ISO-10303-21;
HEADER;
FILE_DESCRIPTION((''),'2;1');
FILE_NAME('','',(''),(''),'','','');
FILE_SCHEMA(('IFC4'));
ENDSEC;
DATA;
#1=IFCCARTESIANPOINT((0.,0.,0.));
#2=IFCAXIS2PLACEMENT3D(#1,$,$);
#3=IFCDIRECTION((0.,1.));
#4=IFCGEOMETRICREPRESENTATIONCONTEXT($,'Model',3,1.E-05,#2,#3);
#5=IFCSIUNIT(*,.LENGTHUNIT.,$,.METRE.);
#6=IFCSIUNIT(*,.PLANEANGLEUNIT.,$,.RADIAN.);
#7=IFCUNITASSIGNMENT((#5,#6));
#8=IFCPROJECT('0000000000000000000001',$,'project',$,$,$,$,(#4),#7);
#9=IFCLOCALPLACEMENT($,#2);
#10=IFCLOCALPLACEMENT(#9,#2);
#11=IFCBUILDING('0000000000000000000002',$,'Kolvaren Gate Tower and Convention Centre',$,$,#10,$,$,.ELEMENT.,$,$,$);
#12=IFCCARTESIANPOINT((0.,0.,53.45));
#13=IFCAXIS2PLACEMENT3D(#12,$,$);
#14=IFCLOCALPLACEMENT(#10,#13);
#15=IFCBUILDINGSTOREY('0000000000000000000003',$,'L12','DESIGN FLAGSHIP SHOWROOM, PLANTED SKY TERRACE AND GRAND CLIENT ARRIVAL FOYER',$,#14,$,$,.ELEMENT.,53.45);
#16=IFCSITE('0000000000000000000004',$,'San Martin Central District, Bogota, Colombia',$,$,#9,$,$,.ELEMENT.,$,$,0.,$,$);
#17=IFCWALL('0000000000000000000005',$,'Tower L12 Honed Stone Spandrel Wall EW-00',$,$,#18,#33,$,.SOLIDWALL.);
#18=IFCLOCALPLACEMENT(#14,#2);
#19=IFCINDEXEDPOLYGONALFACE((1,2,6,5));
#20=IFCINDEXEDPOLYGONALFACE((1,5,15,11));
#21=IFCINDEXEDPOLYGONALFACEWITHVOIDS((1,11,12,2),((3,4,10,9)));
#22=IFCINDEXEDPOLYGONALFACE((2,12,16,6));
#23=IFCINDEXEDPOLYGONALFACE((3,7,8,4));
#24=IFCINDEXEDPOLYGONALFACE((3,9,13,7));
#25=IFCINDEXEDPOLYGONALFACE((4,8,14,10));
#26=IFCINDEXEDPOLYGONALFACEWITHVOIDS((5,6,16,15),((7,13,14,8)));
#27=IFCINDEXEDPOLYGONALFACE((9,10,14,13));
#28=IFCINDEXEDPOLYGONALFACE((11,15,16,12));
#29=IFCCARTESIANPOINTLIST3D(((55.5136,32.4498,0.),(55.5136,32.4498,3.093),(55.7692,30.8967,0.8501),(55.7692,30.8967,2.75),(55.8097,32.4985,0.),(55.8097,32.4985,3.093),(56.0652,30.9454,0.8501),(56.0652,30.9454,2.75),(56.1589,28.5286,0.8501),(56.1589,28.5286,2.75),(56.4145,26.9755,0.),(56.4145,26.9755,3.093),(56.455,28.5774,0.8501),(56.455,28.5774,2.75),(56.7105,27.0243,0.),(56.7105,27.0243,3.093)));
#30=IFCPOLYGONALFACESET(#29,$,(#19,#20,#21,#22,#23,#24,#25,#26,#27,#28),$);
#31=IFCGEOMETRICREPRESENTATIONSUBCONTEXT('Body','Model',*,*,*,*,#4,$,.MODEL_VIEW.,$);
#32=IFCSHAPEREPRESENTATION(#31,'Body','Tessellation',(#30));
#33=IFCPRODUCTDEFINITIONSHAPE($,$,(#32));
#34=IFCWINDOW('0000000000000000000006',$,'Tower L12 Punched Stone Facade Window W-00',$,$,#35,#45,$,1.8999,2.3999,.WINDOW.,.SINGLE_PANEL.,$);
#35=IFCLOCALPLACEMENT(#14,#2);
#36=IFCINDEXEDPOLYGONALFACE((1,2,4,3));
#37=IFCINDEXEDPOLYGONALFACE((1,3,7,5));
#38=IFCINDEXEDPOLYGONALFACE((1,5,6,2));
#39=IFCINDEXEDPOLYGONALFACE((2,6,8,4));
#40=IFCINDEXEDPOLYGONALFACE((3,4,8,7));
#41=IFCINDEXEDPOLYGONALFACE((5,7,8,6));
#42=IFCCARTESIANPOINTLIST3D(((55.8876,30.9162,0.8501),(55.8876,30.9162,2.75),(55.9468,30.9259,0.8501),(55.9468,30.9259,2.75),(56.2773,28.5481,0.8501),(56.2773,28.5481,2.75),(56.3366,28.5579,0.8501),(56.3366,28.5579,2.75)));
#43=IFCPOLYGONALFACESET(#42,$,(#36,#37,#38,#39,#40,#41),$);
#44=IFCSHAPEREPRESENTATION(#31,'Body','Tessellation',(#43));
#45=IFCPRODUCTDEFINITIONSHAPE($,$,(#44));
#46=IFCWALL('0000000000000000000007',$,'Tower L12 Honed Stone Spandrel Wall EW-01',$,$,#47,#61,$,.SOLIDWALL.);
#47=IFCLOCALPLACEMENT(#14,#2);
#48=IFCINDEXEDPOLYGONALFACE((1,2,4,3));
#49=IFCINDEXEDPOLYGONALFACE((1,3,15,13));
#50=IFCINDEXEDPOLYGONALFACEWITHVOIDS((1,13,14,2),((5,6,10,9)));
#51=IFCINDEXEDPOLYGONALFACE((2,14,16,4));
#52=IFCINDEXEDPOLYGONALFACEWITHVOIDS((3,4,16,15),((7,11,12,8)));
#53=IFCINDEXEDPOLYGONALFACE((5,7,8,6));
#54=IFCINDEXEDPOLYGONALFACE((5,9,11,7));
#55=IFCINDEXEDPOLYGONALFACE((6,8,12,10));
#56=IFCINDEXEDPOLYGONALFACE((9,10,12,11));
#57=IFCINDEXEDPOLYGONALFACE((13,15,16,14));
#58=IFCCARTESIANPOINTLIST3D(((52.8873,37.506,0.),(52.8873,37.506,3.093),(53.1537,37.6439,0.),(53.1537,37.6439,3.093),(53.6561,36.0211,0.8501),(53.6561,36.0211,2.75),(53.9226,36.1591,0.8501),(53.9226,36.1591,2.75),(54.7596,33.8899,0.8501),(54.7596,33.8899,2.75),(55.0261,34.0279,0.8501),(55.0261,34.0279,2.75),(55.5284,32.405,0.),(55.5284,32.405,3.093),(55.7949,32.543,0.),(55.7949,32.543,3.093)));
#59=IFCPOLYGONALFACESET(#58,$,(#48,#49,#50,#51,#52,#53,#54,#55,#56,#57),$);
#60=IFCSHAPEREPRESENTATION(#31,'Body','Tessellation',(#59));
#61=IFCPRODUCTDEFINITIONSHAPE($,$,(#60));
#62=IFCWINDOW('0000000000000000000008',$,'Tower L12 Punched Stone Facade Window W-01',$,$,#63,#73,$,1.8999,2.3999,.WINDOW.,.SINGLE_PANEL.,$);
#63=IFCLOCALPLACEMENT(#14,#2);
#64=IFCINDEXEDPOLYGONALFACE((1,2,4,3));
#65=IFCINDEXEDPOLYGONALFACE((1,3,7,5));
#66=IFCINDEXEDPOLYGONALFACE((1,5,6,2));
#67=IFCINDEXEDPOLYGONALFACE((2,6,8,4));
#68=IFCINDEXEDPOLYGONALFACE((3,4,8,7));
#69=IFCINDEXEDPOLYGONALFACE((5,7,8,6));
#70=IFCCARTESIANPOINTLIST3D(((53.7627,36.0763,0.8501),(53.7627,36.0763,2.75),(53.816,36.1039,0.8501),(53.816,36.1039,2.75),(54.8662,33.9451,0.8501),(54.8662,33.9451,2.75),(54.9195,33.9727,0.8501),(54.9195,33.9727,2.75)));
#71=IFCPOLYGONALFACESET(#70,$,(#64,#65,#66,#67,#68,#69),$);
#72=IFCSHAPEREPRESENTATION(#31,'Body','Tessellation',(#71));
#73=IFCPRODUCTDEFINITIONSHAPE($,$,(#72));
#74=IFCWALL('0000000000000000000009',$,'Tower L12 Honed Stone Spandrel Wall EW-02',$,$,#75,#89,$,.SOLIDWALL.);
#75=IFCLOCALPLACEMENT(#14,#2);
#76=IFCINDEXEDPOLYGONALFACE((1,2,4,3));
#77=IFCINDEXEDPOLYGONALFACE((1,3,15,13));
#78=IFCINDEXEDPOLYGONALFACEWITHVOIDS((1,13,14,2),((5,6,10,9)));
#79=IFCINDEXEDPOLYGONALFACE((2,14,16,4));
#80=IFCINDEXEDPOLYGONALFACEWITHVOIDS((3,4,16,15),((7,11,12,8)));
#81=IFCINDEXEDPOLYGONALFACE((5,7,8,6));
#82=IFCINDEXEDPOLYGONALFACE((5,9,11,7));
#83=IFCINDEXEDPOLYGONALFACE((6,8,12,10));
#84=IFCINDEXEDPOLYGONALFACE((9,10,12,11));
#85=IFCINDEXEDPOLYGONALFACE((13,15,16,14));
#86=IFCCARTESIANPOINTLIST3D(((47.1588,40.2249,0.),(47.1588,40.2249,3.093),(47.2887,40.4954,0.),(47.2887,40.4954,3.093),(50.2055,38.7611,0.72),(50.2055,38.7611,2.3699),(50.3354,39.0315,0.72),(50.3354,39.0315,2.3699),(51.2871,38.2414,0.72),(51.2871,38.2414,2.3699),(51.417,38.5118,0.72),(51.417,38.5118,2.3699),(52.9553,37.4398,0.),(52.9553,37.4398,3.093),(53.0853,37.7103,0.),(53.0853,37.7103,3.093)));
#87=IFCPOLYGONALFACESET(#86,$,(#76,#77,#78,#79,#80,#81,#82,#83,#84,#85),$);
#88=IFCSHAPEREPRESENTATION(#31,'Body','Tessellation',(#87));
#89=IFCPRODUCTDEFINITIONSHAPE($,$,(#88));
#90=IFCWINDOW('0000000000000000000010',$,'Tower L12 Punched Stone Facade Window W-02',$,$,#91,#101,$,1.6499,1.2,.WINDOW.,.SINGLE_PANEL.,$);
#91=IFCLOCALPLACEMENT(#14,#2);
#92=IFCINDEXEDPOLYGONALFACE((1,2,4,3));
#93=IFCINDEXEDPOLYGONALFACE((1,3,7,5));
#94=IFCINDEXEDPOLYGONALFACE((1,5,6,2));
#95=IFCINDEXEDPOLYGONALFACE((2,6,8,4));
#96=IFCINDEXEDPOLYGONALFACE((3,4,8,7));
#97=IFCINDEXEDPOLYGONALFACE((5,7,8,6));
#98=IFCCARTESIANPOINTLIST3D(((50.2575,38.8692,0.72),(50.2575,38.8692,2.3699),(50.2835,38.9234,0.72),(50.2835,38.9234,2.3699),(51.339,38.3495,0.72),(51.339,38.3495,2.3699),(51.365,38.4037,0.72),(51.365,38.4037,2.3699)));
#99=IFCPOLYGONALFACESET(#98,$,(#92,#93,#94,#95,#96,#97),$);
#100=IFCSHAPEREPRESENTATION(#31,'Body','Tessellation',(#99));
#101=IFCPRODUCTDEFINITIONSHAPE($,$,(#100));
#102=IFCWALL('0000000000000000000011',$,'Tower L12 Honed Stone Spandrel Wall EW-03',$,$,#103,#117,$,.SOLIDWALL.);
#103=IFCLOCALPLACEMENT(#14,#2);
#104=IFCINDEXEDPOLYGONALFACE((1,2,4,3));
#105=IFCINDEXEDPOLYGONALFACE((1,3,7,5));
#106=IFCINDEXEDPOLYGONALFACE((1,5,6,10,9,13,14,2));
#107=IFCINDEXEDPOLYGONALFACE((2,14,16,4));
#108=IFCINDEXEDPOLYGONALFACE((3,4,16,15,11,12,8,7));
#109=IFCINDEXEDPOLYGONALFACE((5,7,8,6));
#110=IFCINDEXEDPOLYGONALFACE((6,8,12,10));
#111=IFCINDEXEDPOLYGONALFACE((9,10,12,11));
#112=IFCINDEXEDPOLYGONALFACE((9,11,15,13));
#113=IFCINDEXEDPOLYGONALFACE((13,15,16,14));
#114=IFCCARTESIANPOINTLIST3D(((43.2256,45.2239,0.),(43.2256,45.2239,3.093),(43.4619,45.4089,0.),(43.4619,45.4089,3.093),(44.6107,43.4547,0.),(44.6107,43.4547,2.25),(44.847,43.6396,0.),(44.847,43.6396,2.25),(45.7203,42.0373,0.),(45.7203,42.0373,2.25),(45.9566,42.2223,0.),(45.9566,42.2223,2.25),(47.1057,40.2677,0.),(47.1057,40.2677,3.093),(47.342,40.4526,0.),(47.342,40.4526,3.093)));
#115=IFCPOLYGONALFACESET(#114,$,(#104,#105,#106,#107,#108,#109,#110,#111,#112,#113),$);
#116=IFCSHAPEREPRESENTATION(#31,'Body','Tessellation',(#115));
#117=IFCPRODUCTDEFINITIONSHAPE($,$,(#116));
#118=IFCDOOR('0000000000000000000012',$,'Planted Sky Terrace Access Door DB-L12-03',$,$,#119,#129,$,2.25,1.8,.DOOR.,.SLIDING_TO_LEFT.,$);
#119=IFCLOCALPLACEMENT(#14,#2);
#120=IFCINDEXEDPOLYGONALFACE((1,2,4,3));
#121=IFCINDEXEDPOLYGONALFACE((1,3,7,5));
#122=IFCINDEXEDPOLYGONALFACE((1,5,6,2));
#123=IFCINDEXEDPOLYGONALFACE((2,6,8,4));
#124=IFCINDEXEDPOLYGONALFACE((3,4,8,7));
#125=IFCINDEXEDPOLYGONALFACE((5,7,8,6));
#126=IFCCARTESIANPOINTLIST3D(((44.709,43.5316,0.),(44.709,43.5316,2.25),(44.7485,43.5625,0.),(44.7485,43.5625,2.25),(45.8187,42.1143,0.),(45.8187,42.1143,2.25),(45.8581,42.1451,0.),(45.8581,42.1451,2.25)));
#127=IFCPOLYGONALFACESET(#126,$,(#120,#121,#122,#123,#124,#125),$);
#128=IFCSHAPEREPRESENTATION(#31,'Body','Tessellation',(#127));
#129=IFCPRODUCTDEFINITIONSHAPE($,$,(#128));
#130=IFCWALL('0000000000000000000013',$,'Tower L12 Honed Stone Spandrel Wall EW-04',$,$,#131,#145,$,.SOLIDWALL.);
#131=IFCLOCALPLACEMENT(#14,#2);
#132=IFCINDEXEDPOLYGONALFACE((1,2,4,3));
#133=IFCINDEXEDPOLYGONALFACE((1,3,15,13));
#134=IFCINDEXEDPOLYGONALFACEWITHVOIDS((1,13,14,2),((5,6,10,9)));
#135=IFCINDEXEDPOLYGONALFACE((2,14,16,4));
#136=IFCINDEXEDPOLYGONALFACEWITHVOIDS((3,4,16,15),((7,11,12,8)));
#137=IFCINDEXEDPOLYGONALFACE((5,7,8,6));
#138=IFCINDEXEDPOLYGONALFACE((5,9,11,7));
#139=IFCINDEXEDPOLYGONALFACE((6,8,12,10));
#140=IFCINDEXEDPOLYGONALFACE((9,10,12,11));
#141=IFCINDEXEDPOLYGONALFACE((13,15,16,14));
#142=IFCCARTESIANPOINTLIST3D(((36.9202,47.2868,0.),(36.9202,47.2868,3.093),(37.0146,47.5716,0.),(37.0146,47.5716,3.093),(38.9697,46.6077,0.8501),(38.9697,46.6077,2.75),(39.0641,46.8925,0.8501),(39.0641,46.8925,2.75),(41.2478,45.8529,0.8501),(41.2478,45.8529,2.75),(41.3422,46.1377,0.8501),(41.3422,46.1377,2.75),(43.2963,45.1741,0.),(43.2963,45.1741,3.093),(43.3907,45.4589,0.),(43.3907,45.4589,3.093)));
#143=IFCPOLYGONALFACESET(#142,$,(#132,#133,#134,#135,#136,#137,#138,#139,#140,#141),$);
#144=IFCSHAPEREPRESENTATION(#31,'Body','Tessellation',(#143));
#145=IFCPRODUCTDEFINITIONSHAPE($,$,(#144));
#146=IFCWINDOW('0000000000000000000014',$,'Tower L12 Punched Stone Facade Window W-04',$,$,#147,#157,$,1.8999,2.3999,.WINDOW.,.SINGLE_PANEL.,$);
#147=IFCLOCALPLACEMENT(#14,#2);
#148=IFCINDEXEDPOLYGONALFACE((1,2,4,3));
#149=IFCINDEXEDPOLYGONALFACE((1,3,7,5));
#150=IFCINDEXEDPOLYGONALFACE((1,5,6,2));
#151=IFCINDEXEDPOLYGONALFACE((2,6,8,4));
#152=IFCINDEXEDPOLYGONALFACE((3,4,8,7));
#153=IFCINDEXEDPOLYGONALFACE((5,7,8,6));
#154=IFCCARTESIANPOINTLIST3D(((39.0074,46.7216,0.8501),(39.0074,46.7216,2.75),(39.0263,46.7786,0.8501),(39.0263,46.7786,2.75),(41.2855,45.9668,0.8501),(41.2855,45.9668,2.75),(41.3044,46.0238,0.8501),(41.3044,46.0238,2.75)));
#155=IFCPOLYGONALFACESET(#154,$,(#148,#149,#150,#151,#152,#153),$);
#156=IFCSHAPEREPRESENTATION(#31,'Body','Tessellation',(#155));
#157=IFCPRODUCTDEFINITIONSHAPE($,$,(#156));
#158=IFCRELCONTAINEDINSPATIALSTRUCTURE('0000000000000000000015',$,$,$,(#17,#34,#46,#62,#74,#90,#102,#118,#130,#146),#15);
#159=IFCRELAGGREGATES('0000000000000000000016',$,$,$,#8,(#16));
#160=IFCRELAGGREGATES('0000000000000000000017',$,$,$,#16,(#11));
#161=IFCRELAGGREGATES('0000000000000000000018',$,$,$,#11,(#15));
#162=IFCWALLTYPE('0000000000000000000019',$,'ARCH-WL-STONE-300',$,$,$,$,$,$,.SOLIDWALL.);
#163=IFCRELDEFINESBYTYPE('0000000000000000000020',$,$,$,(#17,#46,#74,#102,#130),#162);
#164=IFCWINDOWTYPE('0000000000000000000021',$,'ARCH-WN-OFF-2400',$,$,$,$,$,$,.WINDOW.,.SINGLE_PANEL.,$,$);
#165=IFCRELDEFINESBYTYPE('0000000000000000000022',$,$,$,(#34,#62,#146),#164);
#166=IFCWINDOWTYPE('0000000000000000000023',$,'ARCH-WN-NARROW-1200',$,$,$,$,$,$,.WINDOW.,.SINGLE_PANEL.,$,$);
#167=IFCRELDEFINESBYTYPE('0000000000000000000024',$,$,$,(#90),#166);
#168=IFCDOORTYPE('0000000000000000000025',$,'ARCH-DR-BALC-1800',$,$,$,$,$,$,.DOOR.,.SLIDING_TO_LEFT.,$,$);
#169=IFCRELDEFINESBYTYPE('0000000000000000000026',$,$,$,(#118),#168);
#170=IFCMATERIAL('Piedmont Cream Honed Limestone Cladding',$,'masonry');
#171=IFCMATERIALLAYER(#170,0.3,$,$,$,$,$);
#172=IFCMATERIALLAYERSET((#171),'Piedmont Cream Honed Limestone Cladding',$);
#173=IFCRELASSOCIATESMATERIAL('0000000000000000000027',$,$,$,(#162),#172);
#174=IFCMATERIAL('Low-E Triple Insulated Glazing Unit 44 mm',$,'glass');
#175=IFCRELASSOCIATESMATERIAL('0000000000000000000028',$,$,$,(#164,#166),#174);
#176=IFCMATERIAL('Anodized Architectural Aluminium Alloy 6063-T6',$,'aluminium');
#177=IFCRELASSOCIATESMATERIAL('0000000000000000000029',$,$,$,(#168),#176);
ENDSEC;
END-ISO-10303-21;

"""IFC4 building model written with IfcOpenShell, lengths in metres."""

from ifc_helpers import new_model, si_unit, direction, frame, frame_2d, origin, place, context, subcontext, project, spatial, rectangle, extrude, material, layer, layer_set, type_object, element, fill, save


model = new_model("IFC4")

# Units and contexts
model_context = context("Model", 3, precision=1e-05, world=origin(), true_north=direction((0.0, 1.0)))
body_context = subcontext(model_context, "Body", "Model", "MODEL_VIEW")
ifc_project = project(units=[si_unit("LENGTHUNIT", "METRE"), si_unit("PLANEANGLEUNIT", "RADIAN")], contexts=[model_context])

# Site, building, storey
site_placement = place(None, origin())
site = spatial("IfcSite", under=ifc_project, at=site_placement, Name="San Martin Central District, Bogota, Colombia", CompositionType="ELEMENT", RefElevation=0.0)
building_placement = place(site_placement, origin())
building = spatial("IfcBuilding", under=site, at=building_placement, Name="Kolvaren Gate Tower and Convention Centre", CompositionType="ELEMENT")
storey_placement = place(building_placement, frame((0.0, 0.0, 53.45)))
storey = spatial("IfcBuildingStorey", under=building, at=storey_placement, Name="L12", Description="DESIGN FLAGSHIP SHOWROOM, PLANTED SKY TERRACE AND GRAND CLIENT ARRIVAL FOYER", CompositionType="ELEMENT", Elevation=53.45)

# Shared definitions
ifc_material_1 = material(Name="Piedmont Cream Honed Limestone Cladding", Category="masonry")

# Walls, openings, windows
ifc_layer_1 = layer(ifc_material_1, 0.3)
ifc_layer_set_1 = layer_set([ifc_layer_1], Name="Piedmont Cream Honed Limestone Cladding")
wall_type_1 = type_object("IfcWallType", Name="ARCH-WL-STONE-300", PredefinedType="SOLIDWALL", material=ifc_layer_set_1)
wall_1_placement = place(storey_placement, frame((55.6616, 32.4741, 0.0), z_axis=(0.0, 0.0, 1.0), x_axis=(0.162386, -0.986727, 0.0)))
wall_1 = element("IfcWall", 1, at=wall_1_placement, inside=storey, type_object=wall_type_1, Name="Tower L12 Honed Stone Spandrel Wall EW-00", PredefinedType="SOLIDWALL", context=body_context, shape_type="SweptSolid", body=[
    extrude(rectangle(XDim=5.5479, YDim=0.3, at=frame_2d((2.7739, 0.0))), origin(), (0.0, 0.0, 1.0), 3.093),
])
opening_1_placement = place(wall_1_placement, frame((1.574, 0.0, 0.8501)))
opening_1 = element("IfcOpeningElement", 2, at=opening_1_placement, cuts=wall_1, PredefinedType="OPENING", context=body_context, shape_type="SweptSolid", body=[
    extrude(rectangle(XDim=2.3999, YDim=1.8999, at=frame_2d((1.2, 0.95))), frame((0.0, 0.1599, 0.0), z_axis=(0.0, -1.0, 0.0), x_axis=(1.0, 0.0, 0.0)), (0.0, 0.0, 1.0), 0.3201),
])
ifc_material_2 = material(Name="Low-E Triple Insulated Glazing Unit 44 mm", Category="glass")
window_type_1 = type_object("IfcWindowType", Name="ARCH-WN-OFF-2400", PartitioningType="SINGLE_PANEL", PredefinedType="WINDOW", material=ifc_material_2)
window_1_placement = place(opening_1_placement, origin())
window_1 = element("IfcWindow", 3, at=window_1_placement, inside=storey, type_object=window_type_1, Name="Tower L12 Punched Stone Facade Window W-00", OverallHeight=1.8999, OverallWidth=2.3999, PartitioningType="SINGLE_PANEL", PredefinedType="WINDOW", context=body_context, shape_type="SweptSolid", body=[
    extrude(rectangle(XDim=2.3999, YDim=1.8999, at=frame_2d((1.2, 0.95))), frame((0.0, 0.03, 0.0), z_axis=(0.0, -1.0, 0.0), x_axis=(1.0, 0.0, 0.0)), (0.0, 0.0, 1.0), 0.0601),
])
fill(opening_1, window_1)
wall_2_placement = place(storey_placement, frame((53.0205, 37.575, 0.0), z_axis=(0.0, 0.0, 1.0), x_axis=(0.459801, -0.888022, 0.0)))
wall_2 = element("IfcWall", 4, at=wall_2_placement, inside=storey, type_object=wall_type_1, Name="Tower L12 Honed Stone Spandrel Wall EW-01", PredefinedType="SOLIDWALL", context=body_context, shape_type="SweptSolid", body=[
    extrude(rectangle(XDim=5.7441, YDim=0.3, at=frame_2d((2.8721, 0.0))), origin(), (0.0, 0.0, 1.0), 3.093),
])
opening_2_placement = place(wall_2_placement, frame((1.6721, 0.0, 0.8501)))
opening_2 = element("IfcOpeningElement", 5, at=opening_2_placement, cuts=wall_2, PredefinedType="OPENING", context=body_context, shape_type="SweptSolid", body=[
    extrude(rectangle(XDim=2.3999, YDim=1.8999, at=frame_2d((1.2, 0.95))), frame((0.0, 0.1599, 0.0), z_axis=(0.0, -1.0, 0.0), x_axis=(1.0, 0.0, 0.0)), (0.0, 0.0, 1.0), 0.3201),
])
window_2_placement = place(opening_2_placement, origin())
window_2 = element("IfcWindow", 6, at=window_2_placement, inside=storey, type_object=window_type_1, Name="Tower L12 Punched Stone Facade Window W-01", OverallHeight=1.8999, OverallWidth=2.3999, PartitioningType="SINGLE_PANEL", PredefinedType="WINDOW", context=body_context, shape_type="SweptSolid", body=[
    extrude(rectangle(XDim=2.3999, YDim=1.8999, at=frame_2d((1.2, 0.95))), frame((0.0, 0.03, 0.0), z_axis=(0.0, -1.0, 0.0), x_axis=(1.0, 0.0, 0.0)), (0.0, 0.0, 1.0), 0.0601),
])
fill(opening_2, window_2)
wall_3_placement = place(storey_placement, frame((47.2239, 40.3601, 0.0), z_axis=(0.0, 0.0, 1.0), x_axis=(0.901355, -0.433082, 0.0)))
wall_3 = element("IfcWall", 7, at=wall_3_placement, inside=storey, type_object=wall_type_1, Name="Tower L12 Honed Stone Spandrel Wall EW-02", PredefinedType="SOLIDWALL", context=body_context, shape_type="SweptSolid", body=[
    extrude(rectangle(XDim=6.4309, YDim=0.3, at=frame_2d((3.2153, 0.0))), origin(), (0.0, 0.0, 1.0), 3.093),
])
opening_3_placement = place(wall_3_placement, frame((3.3799, 0.0, 0.72)))
opening_3 = element("IfcOpeningElement", 8, at=opening_3_placement, cuts=wall_3, PredefinedType="OPENING", context=body_context, shape_type="SweptSolid", body=[
    extrude(rectangle(XDim=1.2, YDim=1.6499, at=frame_2d((0.6001, 0.825))), frame((0.0, 0.1599, 0.0), z_axis=(0.0, -1.0, 0.0), x_axis=(1.0, 0.0, 0.0)), (0.0, 0.0, 1.0), 0.3201),
])
window_type_2 = type_object("IfcWindowType", Name="ARCH-WN-NARROW-1200", PartitioningType="SINGLE_PANEL", PredefinedType="WINDOW", material=ifc_material_2)
window_3_placement = place(opening_3_placement, origin())
window_3 = element("IfcWindow", 9, at=window_3_placement, inside=storey, type_object=window_type_2, Name="Tower L12 Punched Stone Facade Window W-02", OverallHeight=1.6499, OverallWidth=1.2, PartitioningType="SINGLE_PANEL", PredefinedType="WINDOW", context=body_context, shape_type="SweptSolid", body=[
    extrude(rectangle(XDim=1.2, YDim=1.6499, at=frame_2d((0.6001, 0.825))), frame((0.0, 0.03, 0.0), z_axis=(0.0, -1.0, 0.0), x_axis=(1.0, 0.0, 0.0)), (0.0, 0.0, 1.0), 0.0601),
])
fill(opening_3, window_3)

# Wall, opening, door
wall_4_placement = place(storey_placement, frame((43.3438, 45.3164, 0.0), z_axis=(0.0, 0.0, 1.0), x_axis=(0.616435, -0.787406, 0.0)))
wall_4 = element("IfcWall", 10, at=wall_4_placement, inside=storey, type_object=wall_type_1, Name="Tower L12 Honed Stone Spandrel Wall EW-03", PredefinedType="SOLIDWALL", context=body_context, shape_type="SweptSolid", body=[
    extrude(rectangle(XDim=6.2944, YDim=0.3, at=frame_2d((3.1472, 0.0))), origin(), (0.0, 0.0, 1.0), 3.093),
])
opening_4_placement = place(wall_4_placement, frame((2.2471, 0.0, 0.0)))
opening_4 = element("IfcOpeningElement", 11, at=opening_4_placement, cuts=wall_4, PredefinedType="OPENING", context=body_context, shape_type="SweptSolid", body=[
    extrude(rectangle(XDim=1.8, YDim=2.25, at=frame_2d((0.8999, 1.125))), frame((0.0, 0.1599, 0.0), z_axis=(0.0, -1.0, 0.0), x_axis=(1.0, 0.0, 0.0)), (0.0, 0.0, 1.0), 0.3201),
])
ifc_material_3 = material(Name="Anodized Architectural Aluminium Alloy 6063-T6", Category="aluminium")
door_type = type_object("IfcDoorType", Name="ARCH-DR-BALC-1800", OperationType="SLIDING_TO_LEFT", PredefinedType="DOOR", material=ifc_material_3)
door_placement = place(opening_4_placement, origin())
door = element("IfcDoor", 12, at=door_placement, inside=storey, type_object=door_type, Name="Planted Sky Terrace Access Door DB-L12-03", OperationType="SLIDING_TO_LEFT", OverallHeight=2.25, OverallWidth=1.8, PredefinedType="DOOR", context=body_context, shape_type="SweptSolid", body=[
    extrude(rectangle(XDim=1.8, YDim=2.25, at=frame_2d((0.8999, 1.125))), frame((0.0, 0.0249, 0.0), z_axis=(0.0, -1.0, 0.0), x_axis=(1.0, 0.0, 0.0)), (0.0, 0.0, 1.0), 0.05),
])
fill(opening_4, door)

# Wall, opening, window
wall_5_placement = place(storey_placement, frame((36.9675, 47.4292, 0.0), z_axis=(0.0, 0.0, 1.0), x_axis=(0.949245, -0.314537, 0.0)))
wall_5 = element("IfcWall", 13, at=wall_5_placement, inside=storey, type_object=wall_type_1, Name="Tower L12 Honed Stone Spandrel Wall EW-04", PredefinedType="SOLIDWALL", context=body_context, shape_type="SweptSolid", body=[
    extrude(rectangle(XDim=6.717, YDim=0.3, at=frame_2d((3.3584, 0.0))), origin(), (0.0, 0.0, 1.0), 3.093),
])
opening_5_placement = place(wall_5_placement, frame((2.1589, 0.0, 0.8501)))
opening_5 = element("IfcOpeningElement", 14, at=opening_5_placement, cuts=wall_5, PredefinedType="OPENING", context=body_context, shape_type="SweptSolid", body=[
    extrude(rectangle(XDim=2.3999, YDim=1.8999, at=frame_2d((1.2, 0.95))), frame((0.0, 0.1599, 0.0), z_axis=(0.0, -1.0, 0.0), x_axis=(1.0, 0.0, 0.0)), (0.0, 0.0, 1.0), 0.3201),
])
window_4_placement = place(opening_5_placement, origin())
window_4 = element("IfcWindow", 15, at=window_4_placement, inside=storey, type_object=window_type_1, Name="Tower L12 Punched Stone Facade Window W-04", OverallHeight=1.8999, OverallWidth=2.3999, PartitioningType="SINGLE_PANEL", PredefinedType="WINDOW", context=body_context, shape_type="SweptSolid", body=[
    extrude(rectangle(XDim=2.3999, YDim=1.8999, at=frame_2d((1.2, 0.95))), frame((0.0, 0.03, 0.0), z_axis=(0.0, -1.0, 0.0), x_axis=(1.0, 0.0, 0.0)), (0.0, 0.0, 1.0), 0.0601),
])
fill(opening_5, window_4)

save(model, "model.ifc")
